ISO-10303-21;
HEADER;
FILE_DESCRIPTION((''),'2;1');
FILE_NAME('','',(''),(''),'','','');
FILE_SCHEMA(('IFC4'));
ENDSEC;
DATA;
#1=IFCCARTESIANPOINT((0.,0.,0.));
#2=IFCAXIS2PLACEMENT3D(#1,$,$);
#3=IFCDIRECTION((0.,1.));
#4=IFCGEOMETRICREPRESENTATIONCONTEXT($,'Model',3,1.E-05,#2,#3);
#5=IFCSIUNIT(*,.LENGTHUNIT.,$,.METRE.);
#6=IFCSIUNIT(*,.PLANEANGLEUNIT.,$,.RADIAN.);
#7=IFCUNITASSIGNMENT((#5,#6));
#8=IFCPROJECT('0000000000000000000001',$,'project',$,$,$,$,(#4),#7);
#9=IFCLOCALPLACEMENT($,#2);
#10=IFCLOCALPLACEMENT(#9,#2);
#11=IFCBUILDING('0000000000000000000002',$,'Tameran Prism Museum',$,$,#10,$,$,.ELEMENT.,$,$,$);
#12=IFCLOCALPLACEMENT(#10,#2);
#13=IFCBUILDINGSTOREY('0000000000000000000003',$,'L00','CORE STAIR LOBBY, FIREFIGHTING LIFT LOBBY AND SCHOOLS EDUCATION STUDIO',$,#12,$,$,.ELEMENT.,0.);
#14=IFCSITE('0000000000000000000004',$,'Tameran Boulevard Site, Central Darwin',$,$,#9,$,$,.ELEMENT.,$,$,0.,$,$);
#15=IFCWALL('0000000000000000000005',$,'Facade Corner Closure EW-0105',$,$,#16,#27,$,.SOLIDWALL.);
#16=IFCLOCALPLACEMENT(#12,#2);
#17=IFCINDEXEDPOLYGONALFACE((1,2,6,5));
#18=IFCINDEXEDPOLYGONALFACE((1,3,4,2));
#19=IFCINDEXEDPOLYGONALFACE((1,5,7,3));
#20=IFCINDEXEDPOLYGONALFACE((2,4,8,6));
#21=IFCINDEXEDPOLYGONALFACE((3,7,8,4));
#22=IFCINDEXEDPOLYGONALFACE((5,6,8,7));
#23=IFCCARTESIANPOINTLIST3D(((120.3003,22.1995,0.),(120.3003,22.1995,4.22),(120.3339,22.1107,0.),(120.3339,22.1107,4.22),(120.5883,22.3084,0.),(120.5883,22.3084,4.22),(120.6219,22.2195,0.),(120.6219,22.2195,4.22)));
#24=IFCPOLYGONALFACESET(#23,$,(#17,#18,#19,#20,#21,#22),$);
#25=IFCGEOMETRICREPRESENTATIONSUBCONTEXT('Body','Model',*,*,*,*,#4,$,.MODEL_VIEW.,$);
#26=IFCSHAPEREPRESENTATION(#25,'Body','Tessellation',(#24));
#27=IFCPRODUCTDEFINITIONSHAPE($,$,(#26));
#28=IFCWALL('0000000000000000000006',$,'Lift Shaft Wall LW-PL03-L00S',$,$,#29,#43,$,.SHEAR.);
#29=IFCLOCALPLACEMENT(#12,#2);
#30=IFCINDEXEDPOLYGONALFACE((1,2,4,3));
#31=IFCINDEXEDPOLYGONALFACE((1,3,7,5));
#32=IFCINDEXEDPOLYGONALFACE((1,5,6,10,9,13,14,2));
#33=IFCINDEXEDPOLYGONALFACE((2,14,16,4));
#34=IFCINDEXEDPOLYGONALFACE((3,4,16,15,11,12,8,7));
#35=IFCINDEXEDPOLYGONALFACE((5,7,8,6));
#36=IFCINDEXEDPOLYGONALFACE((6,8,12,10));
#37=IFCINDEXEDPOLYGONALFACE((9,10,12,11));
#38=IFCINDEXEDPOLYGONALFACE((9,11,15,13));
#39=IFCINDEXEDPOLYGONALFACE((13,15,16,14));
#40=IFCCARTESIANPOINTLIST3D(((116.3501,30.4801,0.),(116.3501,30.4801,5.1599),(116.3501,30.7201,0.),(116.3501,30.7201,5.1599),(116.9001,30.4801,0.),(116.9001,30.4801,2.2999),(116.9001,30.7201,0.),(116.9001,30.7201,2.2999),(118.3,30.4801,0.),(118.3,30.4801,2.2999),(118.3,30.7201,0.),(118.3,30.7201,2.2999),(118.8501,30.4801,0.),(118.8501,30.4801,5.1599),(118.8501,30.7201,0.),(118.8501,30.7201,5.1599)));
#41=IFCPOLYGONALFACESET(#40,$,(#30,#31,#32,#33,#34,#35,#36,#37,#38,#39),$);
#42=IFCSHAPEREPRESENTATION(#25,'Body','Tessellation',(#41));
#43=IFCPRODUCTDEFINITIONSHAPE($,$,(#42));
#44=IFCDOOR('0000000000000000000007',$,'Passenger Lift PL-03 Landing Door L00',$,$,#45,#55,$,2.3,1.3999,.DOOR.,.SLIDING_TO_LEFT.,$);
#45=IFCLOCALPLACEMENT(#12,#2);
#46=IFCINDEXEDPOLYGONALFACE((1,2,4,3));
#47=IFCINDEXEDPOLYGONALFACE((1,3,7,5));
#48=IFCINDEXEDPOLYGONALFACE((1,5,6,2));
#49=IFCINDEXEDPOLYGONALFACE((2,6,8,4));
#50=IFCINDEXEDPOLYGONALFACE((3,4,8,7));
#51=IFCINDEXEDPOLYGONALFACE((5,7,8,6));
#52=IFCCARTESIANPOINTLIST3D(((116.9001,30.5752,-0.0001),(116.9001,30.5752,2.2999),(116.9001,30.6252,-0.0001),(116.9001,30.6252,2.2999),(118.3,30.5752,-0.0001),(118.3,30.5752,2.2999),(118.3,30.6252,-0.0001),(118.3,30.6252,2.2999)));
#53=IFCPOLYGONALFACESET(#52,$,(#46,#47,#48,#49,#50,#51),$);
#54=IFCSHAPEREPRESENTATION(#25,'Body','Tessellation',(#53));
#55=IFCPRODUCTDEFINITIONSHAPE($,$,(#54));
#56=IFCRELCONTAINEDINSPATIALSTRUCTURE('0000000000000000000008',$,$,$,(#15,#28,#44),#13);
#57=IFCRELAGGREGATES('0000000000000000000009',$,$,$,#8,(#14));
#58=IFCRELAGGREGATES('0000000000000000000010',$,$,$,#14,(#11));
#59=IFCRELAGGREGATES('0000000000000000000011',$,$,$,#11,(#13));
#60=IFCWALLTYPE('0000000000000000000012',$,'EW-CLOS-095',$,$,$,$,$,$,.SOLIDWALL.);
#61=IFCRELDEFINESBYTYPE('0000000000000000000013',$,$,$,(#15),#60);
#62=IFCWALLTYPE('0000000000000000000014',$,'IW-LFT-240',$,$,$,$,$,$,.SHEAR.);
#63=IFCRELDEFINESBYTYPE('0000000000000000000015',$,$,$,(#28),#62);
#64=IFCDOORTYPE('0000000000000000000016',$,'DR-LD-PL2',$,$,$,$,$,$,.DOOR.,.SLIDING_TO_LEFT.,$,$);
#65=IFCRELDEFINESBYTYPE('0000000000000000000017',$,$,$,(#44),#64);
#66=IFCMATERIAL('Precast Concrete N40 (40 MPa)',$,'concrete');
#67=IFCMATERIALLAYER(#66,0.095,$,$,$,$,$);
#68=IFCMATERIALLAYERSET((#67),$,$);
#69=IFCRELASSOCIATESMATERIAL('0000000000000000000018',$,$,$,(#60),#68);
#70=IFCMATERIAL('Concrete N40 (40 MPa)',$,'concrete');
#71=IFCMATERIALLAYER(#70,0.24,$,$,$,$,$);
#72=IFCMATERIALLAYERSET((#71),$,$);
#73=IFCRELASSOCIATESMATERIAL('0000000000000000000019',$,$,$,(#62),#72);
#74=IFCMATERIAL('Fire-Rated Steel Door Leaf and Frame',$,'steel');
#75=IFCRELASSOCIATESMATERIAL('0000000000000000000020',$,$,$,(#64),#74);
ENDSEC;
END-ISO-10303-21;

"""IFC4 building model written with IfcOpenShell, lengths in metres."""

from ifc_helpers import new_model, si_unit, direction, frame, frame_2d, origin, place, context, subcontext, project, spatial, rectangle, extrude, material, layer, layer_set, type_object, element, fill, save


model = new_model("IFC4")

# Units and contexts
model_context = context("Model", 3, precision=1e-05, world=origin(), true_north=direction((0.0, 1.0)))
body_context = subcontext(model_context, "Body", "Model", "MODEL_VIEW")
ifc_project = project(units=[si_unit("LENGTHUNIT", "METRE"), si_unit("PLANEANGLEUNIT", "RADIAN")], contexts=[model_context])

# Site, building, storey
site_placement = place(None, origin())
site = spatial("IfcSite", under=ifc_project, at=site_placement, Name="Tameran Boulevard Site, Central Darwin", CompositionType="ELEMENT", RefElevation=0.0)
building_placement = place(site_placement, origin())
building = spatial("IfcBuilding", under=site, at=building_placement, Name="Tameran Prism Museum", CompositionType="ELEMENT")
storey_placement = place(building_placement, origin())
storey = spatial("IfcBuildingStorey", under=building, at=storey_placement, Name="L00", Description="CORE STAIR LOBBY, FIREFIGHTING LIFT LOBBY AND SCHOOLS EDUCATION STUDIO", CompositionType="ELEMENT", Elevation=0.0)

# Wall
ifc_material_1 = material(Name="Precast Concrete N40 (40 MPa)", Category="concrete")
ifc_layer_1 = layer(ifc_material_1, 0.095)
ifc_layer_set_1 = layer_set([ifc_layer_1])
wall_type_1 = type_object("IfcWallType", Name="EW-CLOS-095", PredefinedType="SOLIDWALL", material=ifc_layer_set_1)
wall_1_placement = place(storey_placement, frame((120.605, 22.2639, 0.0), z_axis=(0.0, 0.0, 1.0), x_axis=(-0.935414, -0.353555, 0.0)))
element("IfcWall", 1, at=wall_1_placement, inside=storey, type_object=wall_type_1, Name="Facade Corner Closure EW-0105", PredefinedType="SOLIDWALL", context=body_context, shape_type="SweptSolid", body=[
    extrude(rectangle(XDim=0.3079, YDim=0.095, at=frame_2d((0.1538, 0.0))), origin(), (0.0, 0.0, 1.0), 4.22),
])

# Wall, opening, door
ifc_material_2 = material(Name="Concrete N40 (40 MPa)", Category="concrete")
ifc_layer_2 = layer(ifc_material_2, 0.24)
ifc_layer_set_2 = layer_set([ifc_layer_2])
wall_type_2 = type_object("IfcWallType", Name="IW-LFT-240", PredefinedType="SHEAR", material=ifc_layer_set_2)
wall_2_placement = place(storey_placement, frame((118.8501, 30.6001, 0.0), z_axis=(0.0, 0.0, 1.0), x_axis=(-1.0, 0.0, 0.0)))
wall_2 = element("IfcWall", 2, at=wall_2_placement, inside=storey, type_object=wall_type_2, Name="Lift Shaft Wall LW-PL03-L00S", PredefinedType="SHEAR", context=body_context, shape_type="SweptSolid", body=[
    extrude(rectangle(XDim=2.5, YDim=0.24, at=frame_2d((1.25, 0.0))), origin(), (0.0, 0.0, 1.0), 5.1599),
])
opening_placement = place(wall_2_placement, frame((0.55, 0.0, 0.0)))
opening = element("IfcOpeningElement", 3, at=opening_placement, cuts=wall_2, PredefinedType="OPENING", context=body_context, shape_type="SweptSolid", body=[
    extrude(rectangle(XDim=1.3999, YDim=2.3, at=frame_2d((0.7, 1.1499))), frame((0.0, 0.1299, 0.0), z_axis=(0.0, -1.0, 0.0), x_axis=(1.0, 0.0, 0.0)), (0.0, 0.0, 1.0), 0.26),
])
ifc_material_3 = material(Name="Fire-Rated Steel Door Leaf and Frame", Category="steel")
door_type = type_object("IfcDoorType", Name="DR-LD-PL2", OperationType="SLIDING_TO_LEFT", PredefinedType="DOOR", material=ifc_material_3)
door_placement = place(opening_placement, origin())
door = element("IfcDoor", 4, at=door_placement, inside=storey, type_object=door_type, Name="Passenger Lift PL-03 Landing Door L00", OperationType="SLIDING_TO_LEFT", OverallHeight=2.3, OverallWidth=1.3999, PredefinedType="DOOR", context=body_context, shape_type="SweptSolid", body=[
    extrude(rectangle(XDim=1.3999, YDim=2.3, at=frame_2d((0.7, 1.1499))), frame((0.0, 0.0249, 0.0), z_axis=(0.0, -1.0, 0.0), x_axis=(1.0, 0.0, 0.0)), (0.0, 0.0, 1.0), 0.05),
])
fill(opening, door)

save(model, "model.ifc")
